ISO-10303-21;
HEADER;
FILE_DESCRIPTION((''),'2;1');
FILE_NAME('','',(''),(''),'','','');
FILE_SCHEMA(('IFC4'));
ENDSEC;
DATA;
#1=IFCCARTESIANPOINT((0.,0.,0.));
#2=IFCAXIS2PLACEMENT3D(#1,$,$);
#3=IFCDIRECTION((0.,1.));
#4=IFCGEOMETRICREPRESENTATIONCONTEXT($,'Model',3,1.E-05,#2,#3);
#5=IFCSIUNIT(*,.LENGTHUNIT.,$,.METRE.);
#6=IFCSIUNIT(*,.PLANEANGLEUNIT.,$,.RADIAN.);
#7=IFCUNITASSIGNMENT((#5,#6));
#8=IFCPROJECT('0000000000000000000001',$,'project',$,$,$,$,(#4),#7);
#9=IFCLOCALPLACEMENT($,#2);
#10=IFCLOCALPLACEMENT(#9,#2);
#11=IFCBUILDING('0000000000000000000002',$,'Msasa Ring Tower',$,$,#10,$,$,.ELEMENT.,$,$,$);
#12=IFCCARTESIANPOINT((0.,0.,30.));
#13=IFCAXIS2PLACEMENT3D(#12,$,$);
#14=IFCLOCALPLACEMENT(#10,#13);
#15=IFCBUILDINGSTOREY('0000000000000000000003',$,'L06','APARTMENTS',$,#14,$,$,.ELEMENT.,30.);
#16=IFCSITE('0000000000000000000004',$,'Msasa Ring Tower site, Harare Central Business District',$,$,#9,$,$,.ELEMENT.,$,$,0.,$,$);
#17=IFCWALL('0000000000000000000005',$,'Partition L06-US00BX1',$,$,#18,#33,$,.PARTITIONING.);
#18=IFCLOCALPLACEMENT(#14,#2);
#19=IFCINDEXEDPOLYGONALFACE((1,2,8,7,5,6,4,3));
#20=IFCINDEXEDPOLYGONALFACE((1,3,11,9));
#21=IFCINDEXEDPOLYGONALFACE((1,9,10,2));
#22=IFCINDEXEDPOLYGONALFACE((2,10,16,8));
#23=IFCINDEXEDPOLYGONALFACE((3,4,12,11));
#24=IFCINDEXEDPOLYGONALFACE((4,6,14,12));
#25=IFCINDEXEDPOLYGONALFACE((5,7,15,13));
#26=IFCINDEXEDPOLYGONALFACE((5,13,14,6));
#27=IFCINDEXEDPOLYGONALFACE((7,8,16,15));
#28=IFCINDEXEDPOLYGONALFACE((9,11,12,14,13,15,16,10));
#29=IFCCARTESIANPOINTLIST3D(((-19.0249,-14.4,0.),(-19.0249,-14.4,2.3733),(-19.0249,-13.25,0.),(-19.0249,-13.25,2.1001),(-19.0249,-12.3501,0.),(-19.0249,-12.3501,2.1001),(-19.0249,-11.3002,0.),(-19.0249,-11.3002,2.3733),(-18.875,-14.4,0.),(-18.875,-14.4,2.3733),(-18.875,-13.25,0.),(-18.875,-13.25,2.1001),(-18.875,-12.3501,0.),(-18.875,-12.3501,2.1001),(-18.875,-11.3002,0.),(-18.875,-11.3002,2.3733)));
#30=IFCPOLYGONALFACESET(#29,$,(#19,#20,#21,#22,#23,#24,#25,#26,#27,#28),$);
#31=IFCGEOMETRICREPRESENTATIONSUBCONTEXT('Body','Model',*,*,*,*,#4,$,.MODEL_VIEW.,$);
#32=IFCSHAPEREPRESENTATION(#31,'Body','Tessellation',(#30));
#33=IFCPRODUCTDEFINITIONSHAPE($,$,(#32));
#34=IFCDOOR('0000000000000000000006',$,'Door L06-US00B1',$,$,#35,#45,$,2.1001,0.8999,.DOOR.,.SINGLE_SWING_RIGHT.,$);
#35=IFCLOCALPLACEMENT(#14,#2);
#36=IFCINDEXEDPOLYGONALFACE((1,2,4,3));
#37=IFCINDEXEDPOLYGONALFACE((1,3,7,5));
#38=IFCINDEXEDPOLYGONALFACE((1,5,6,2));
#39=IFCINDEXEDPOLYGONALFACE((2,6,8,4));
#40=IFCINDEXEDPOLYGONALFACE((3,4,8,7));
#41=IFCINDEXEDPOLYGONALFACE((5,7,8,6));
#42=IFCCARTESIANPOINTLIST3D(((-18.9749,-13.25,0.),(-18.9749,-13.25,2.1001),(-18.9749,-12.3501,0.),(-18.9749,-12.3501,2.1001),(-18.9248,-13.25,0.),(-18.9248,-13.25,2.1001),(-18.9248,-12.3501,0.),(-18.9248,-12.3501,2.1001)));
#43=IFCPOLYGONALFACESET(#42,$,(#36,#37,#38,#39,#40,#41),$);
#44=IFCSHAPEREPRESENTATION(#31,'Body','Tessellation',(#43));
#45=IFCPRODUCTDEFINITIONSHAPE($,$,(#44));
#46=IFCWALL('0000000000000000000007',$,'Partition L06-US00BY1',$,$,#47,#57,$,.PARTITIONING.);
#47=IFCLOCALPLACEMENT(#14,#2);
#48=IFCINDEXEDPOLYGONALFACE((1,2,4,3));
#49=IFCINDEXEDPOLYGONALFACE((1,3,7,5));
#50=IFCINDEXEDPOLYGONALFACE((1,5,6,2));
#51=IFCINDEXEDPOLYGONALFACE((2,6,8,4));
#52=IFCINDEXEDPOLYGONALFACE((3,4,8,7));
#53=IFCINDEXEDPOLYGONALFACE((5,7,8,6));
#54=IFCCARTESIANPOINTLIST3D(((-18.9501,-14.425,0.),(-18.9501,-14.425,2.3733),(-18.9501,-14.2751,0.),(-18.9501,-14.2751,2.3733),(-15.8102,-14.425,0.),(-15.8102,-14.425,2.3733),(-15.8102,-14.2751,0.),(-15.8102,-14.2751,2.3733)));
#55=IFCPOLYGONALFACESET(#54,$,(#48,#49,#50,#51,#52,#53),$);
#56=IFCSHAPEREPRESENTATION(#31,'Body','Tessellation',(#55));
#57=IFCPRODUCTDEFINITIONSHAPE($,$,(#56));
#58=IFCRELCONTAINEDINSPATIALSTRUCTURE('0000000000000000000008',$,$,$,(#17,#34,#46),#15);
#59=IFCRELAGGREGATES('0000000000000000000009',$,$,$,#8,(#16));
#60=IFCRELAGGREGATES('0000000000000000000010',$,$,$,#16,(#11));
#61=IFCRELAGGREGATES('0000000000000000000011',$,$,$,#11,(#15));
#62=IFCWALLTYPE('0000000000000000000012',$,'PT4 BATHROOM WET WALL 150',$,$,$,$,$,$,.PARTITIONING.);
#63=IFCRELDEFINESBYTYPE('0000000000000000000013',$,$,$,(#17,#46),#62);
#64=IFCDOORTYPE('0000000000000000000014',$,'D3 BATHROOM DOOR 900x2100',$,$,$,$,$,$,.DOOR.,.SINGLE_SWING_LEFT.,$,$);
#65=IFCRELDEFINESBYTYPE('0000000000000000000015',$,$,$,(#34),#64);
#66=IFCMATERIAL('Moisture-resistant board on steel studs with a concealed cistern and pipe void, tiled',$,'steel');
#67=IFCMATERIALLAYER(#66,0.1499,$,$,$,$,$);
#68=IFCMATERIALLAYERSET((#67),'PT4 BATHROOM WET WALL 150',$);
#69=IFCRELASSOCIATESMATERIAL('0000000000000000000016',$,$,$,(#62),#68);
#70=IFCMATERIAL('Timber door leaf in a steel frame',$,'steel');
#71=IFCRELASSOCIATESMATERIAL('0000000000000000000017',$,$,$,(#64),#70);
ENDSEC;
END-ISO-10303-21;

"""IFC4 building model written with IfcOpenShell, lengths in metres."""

from ifc_helpers import new_model, si_unit, direction, frame, frame_2d, origin, place, context, subcontext, project, spatial, rectangle, extrude, material, layer, layer_set, type_object, element, fill, save


model = new_model("IFC4")

# Units and contexts
model_context = context("Model", 3, precision=1e-05, world=origin(), true_north=direction((0.0, 1.0)))
body_context = subcontext(model_context, "Body", "Model", "MODEL_VIEW")
ifc_project = project(units=[si_unit("LENGTHUNIT", "METRE"), si_unit("PLANEANGLEUNIT", "RADIAN")], contexts=[model_context])

# Site, building, storey
site_placement = place(None, origin())
site = spatial("IfcSite", under=ifc_project, at=site_placement, Name="Msasa Ring Tower site, Harare Central Business District", CompositionType="ELEMENT", RefElevation=0.0)
building_placement = place(site_placement, origin())
building = spatial("IfcBuilding", under=site, at=building_placement, Name="Msasa Ring Tower", CompositionType="ELEMENT")
storey_placement = place(building_placement, frame((0.0, 0.0, 30.0)))
storey = spatial("IfcBuildingStorey", under=building, at=storey_placement, Name="L06", Description="APARTMENTS", CompositionType="ELEMENT", Elevation=30.0)

# Wall, opening, door
ifc_material_1 = material(Name="Moisture-resistant board on steel studs with a concealed cistern and pipe void, tiled", Category="steel")
ifc_layer_1 = layer(ifc_material_1, 0.1499)
ifc_layer_set_1 = layer_set([ifc_layer_1], Name="PT4 BATHROOM WET WALL 150")
wall_type_1 = type_object("IfcWallType", Name="PT4 BATHROOM WET WALL 150", PredefinedType="PARTITIONING", material=ifc_layer_set_1)
wall_1_placement = place(storey_placement, frame((-18.95, -14.3999, 0.0), z_axis=(0.0, 0.0, 1.0), x_axis=(0.0, 1.0, 0.0)))
wall_1 = element("IfcWall", 1, at=wall_1_placement, inside=storey, type_object=wall_type_1, Name="Partition L06-US00BX1", PredefinedType="PARTITIONING", context=body_context, shape_type="SweptSolid", body=[
    extrude(rectangle(XDim=3.0999, YDim=0.1499, at=frame_2d((1.5498, 0.0))), origin(), (0.0, 0.0, 1.0), 2.3733),
])
opening_1_placement = place(wall_1_placement, frame((1.1499, 0.0, 0.0)))
opening_1 = element("IfcOpeningElement", 2, at=opening_1_placement, cuts=wall_1, PredefinedType="OPENING", context=body_context, shape_type="SweptSolid", body=[
    extrude(rectangle(XDim=0.8999, YDim=2.1001, at=frame_2d((0.45, 1.05))), frame((0.0, 0.085, 0.0), z_axis=(0.0, -1.0, 0.0), x_axis=(1.0, 0.0, 0.0)), (0.0, 0.0, 1.0), 0.1699),
])
ifc_material_2 = material(Name="Timber door leaf in a steel frame", Category="steel")
door_type_1 = type_object("IfcDoorType", Name="D3 BATHROOM DOOR 900x2100", OperationType="SINGLE_SWING_LEFT", PredefinedType="DOOR", material=ifc_material_2)
door_1_placement = place(opening_1_placement, origin())
door_1 = element("IfcDoor", 3, at=door_1_placement, inside=storey, type_object=door_type_1, Name="Door L06-US00B1", OperationType="SINGLE_SWING_RIGHT", OverallHeight=2.1001, OverallWidth=0.8999, PredefinedType="DOOR", context=body_context, shape_type="SweptSolid", body=[
    extrude(rectangle(XDim=0.8999, YDim=2.1001, at=frame_2d((0.45, 1.05))), frame((0.0, 0.0249, 0.0), z_axis=(0.0, -1.0, 0.0), x_axis=(1.0, 0.0, 0.0)), (0.0, 0.0, 1.0), 0.05),
])
fill(opening_1, door_1)

# Wall
wall_2_placement = place(storey_placement, frame((-18.95, -14.3501, 0.0), z_axis=(0.0, 0.0, 1.0), x_axis=(1.0, 0.0, 0.0)))
element("IfcWall", 4, at=wall_2_placement, inside=storey, type_object=wall_type_1, Name="Partition L06-US00BY1", PredefinedType="PARTITIONING", context=body_context, shape_type="SweptSolid", body=[
    extrude(rectangle(XDim=3.1399, YDim=0.1499, at=frame_2d((1.5698, 0.0))), origin(), (0.0, 0.0, 1.0), 2.3733),
])

save(model, "model.ifc")
